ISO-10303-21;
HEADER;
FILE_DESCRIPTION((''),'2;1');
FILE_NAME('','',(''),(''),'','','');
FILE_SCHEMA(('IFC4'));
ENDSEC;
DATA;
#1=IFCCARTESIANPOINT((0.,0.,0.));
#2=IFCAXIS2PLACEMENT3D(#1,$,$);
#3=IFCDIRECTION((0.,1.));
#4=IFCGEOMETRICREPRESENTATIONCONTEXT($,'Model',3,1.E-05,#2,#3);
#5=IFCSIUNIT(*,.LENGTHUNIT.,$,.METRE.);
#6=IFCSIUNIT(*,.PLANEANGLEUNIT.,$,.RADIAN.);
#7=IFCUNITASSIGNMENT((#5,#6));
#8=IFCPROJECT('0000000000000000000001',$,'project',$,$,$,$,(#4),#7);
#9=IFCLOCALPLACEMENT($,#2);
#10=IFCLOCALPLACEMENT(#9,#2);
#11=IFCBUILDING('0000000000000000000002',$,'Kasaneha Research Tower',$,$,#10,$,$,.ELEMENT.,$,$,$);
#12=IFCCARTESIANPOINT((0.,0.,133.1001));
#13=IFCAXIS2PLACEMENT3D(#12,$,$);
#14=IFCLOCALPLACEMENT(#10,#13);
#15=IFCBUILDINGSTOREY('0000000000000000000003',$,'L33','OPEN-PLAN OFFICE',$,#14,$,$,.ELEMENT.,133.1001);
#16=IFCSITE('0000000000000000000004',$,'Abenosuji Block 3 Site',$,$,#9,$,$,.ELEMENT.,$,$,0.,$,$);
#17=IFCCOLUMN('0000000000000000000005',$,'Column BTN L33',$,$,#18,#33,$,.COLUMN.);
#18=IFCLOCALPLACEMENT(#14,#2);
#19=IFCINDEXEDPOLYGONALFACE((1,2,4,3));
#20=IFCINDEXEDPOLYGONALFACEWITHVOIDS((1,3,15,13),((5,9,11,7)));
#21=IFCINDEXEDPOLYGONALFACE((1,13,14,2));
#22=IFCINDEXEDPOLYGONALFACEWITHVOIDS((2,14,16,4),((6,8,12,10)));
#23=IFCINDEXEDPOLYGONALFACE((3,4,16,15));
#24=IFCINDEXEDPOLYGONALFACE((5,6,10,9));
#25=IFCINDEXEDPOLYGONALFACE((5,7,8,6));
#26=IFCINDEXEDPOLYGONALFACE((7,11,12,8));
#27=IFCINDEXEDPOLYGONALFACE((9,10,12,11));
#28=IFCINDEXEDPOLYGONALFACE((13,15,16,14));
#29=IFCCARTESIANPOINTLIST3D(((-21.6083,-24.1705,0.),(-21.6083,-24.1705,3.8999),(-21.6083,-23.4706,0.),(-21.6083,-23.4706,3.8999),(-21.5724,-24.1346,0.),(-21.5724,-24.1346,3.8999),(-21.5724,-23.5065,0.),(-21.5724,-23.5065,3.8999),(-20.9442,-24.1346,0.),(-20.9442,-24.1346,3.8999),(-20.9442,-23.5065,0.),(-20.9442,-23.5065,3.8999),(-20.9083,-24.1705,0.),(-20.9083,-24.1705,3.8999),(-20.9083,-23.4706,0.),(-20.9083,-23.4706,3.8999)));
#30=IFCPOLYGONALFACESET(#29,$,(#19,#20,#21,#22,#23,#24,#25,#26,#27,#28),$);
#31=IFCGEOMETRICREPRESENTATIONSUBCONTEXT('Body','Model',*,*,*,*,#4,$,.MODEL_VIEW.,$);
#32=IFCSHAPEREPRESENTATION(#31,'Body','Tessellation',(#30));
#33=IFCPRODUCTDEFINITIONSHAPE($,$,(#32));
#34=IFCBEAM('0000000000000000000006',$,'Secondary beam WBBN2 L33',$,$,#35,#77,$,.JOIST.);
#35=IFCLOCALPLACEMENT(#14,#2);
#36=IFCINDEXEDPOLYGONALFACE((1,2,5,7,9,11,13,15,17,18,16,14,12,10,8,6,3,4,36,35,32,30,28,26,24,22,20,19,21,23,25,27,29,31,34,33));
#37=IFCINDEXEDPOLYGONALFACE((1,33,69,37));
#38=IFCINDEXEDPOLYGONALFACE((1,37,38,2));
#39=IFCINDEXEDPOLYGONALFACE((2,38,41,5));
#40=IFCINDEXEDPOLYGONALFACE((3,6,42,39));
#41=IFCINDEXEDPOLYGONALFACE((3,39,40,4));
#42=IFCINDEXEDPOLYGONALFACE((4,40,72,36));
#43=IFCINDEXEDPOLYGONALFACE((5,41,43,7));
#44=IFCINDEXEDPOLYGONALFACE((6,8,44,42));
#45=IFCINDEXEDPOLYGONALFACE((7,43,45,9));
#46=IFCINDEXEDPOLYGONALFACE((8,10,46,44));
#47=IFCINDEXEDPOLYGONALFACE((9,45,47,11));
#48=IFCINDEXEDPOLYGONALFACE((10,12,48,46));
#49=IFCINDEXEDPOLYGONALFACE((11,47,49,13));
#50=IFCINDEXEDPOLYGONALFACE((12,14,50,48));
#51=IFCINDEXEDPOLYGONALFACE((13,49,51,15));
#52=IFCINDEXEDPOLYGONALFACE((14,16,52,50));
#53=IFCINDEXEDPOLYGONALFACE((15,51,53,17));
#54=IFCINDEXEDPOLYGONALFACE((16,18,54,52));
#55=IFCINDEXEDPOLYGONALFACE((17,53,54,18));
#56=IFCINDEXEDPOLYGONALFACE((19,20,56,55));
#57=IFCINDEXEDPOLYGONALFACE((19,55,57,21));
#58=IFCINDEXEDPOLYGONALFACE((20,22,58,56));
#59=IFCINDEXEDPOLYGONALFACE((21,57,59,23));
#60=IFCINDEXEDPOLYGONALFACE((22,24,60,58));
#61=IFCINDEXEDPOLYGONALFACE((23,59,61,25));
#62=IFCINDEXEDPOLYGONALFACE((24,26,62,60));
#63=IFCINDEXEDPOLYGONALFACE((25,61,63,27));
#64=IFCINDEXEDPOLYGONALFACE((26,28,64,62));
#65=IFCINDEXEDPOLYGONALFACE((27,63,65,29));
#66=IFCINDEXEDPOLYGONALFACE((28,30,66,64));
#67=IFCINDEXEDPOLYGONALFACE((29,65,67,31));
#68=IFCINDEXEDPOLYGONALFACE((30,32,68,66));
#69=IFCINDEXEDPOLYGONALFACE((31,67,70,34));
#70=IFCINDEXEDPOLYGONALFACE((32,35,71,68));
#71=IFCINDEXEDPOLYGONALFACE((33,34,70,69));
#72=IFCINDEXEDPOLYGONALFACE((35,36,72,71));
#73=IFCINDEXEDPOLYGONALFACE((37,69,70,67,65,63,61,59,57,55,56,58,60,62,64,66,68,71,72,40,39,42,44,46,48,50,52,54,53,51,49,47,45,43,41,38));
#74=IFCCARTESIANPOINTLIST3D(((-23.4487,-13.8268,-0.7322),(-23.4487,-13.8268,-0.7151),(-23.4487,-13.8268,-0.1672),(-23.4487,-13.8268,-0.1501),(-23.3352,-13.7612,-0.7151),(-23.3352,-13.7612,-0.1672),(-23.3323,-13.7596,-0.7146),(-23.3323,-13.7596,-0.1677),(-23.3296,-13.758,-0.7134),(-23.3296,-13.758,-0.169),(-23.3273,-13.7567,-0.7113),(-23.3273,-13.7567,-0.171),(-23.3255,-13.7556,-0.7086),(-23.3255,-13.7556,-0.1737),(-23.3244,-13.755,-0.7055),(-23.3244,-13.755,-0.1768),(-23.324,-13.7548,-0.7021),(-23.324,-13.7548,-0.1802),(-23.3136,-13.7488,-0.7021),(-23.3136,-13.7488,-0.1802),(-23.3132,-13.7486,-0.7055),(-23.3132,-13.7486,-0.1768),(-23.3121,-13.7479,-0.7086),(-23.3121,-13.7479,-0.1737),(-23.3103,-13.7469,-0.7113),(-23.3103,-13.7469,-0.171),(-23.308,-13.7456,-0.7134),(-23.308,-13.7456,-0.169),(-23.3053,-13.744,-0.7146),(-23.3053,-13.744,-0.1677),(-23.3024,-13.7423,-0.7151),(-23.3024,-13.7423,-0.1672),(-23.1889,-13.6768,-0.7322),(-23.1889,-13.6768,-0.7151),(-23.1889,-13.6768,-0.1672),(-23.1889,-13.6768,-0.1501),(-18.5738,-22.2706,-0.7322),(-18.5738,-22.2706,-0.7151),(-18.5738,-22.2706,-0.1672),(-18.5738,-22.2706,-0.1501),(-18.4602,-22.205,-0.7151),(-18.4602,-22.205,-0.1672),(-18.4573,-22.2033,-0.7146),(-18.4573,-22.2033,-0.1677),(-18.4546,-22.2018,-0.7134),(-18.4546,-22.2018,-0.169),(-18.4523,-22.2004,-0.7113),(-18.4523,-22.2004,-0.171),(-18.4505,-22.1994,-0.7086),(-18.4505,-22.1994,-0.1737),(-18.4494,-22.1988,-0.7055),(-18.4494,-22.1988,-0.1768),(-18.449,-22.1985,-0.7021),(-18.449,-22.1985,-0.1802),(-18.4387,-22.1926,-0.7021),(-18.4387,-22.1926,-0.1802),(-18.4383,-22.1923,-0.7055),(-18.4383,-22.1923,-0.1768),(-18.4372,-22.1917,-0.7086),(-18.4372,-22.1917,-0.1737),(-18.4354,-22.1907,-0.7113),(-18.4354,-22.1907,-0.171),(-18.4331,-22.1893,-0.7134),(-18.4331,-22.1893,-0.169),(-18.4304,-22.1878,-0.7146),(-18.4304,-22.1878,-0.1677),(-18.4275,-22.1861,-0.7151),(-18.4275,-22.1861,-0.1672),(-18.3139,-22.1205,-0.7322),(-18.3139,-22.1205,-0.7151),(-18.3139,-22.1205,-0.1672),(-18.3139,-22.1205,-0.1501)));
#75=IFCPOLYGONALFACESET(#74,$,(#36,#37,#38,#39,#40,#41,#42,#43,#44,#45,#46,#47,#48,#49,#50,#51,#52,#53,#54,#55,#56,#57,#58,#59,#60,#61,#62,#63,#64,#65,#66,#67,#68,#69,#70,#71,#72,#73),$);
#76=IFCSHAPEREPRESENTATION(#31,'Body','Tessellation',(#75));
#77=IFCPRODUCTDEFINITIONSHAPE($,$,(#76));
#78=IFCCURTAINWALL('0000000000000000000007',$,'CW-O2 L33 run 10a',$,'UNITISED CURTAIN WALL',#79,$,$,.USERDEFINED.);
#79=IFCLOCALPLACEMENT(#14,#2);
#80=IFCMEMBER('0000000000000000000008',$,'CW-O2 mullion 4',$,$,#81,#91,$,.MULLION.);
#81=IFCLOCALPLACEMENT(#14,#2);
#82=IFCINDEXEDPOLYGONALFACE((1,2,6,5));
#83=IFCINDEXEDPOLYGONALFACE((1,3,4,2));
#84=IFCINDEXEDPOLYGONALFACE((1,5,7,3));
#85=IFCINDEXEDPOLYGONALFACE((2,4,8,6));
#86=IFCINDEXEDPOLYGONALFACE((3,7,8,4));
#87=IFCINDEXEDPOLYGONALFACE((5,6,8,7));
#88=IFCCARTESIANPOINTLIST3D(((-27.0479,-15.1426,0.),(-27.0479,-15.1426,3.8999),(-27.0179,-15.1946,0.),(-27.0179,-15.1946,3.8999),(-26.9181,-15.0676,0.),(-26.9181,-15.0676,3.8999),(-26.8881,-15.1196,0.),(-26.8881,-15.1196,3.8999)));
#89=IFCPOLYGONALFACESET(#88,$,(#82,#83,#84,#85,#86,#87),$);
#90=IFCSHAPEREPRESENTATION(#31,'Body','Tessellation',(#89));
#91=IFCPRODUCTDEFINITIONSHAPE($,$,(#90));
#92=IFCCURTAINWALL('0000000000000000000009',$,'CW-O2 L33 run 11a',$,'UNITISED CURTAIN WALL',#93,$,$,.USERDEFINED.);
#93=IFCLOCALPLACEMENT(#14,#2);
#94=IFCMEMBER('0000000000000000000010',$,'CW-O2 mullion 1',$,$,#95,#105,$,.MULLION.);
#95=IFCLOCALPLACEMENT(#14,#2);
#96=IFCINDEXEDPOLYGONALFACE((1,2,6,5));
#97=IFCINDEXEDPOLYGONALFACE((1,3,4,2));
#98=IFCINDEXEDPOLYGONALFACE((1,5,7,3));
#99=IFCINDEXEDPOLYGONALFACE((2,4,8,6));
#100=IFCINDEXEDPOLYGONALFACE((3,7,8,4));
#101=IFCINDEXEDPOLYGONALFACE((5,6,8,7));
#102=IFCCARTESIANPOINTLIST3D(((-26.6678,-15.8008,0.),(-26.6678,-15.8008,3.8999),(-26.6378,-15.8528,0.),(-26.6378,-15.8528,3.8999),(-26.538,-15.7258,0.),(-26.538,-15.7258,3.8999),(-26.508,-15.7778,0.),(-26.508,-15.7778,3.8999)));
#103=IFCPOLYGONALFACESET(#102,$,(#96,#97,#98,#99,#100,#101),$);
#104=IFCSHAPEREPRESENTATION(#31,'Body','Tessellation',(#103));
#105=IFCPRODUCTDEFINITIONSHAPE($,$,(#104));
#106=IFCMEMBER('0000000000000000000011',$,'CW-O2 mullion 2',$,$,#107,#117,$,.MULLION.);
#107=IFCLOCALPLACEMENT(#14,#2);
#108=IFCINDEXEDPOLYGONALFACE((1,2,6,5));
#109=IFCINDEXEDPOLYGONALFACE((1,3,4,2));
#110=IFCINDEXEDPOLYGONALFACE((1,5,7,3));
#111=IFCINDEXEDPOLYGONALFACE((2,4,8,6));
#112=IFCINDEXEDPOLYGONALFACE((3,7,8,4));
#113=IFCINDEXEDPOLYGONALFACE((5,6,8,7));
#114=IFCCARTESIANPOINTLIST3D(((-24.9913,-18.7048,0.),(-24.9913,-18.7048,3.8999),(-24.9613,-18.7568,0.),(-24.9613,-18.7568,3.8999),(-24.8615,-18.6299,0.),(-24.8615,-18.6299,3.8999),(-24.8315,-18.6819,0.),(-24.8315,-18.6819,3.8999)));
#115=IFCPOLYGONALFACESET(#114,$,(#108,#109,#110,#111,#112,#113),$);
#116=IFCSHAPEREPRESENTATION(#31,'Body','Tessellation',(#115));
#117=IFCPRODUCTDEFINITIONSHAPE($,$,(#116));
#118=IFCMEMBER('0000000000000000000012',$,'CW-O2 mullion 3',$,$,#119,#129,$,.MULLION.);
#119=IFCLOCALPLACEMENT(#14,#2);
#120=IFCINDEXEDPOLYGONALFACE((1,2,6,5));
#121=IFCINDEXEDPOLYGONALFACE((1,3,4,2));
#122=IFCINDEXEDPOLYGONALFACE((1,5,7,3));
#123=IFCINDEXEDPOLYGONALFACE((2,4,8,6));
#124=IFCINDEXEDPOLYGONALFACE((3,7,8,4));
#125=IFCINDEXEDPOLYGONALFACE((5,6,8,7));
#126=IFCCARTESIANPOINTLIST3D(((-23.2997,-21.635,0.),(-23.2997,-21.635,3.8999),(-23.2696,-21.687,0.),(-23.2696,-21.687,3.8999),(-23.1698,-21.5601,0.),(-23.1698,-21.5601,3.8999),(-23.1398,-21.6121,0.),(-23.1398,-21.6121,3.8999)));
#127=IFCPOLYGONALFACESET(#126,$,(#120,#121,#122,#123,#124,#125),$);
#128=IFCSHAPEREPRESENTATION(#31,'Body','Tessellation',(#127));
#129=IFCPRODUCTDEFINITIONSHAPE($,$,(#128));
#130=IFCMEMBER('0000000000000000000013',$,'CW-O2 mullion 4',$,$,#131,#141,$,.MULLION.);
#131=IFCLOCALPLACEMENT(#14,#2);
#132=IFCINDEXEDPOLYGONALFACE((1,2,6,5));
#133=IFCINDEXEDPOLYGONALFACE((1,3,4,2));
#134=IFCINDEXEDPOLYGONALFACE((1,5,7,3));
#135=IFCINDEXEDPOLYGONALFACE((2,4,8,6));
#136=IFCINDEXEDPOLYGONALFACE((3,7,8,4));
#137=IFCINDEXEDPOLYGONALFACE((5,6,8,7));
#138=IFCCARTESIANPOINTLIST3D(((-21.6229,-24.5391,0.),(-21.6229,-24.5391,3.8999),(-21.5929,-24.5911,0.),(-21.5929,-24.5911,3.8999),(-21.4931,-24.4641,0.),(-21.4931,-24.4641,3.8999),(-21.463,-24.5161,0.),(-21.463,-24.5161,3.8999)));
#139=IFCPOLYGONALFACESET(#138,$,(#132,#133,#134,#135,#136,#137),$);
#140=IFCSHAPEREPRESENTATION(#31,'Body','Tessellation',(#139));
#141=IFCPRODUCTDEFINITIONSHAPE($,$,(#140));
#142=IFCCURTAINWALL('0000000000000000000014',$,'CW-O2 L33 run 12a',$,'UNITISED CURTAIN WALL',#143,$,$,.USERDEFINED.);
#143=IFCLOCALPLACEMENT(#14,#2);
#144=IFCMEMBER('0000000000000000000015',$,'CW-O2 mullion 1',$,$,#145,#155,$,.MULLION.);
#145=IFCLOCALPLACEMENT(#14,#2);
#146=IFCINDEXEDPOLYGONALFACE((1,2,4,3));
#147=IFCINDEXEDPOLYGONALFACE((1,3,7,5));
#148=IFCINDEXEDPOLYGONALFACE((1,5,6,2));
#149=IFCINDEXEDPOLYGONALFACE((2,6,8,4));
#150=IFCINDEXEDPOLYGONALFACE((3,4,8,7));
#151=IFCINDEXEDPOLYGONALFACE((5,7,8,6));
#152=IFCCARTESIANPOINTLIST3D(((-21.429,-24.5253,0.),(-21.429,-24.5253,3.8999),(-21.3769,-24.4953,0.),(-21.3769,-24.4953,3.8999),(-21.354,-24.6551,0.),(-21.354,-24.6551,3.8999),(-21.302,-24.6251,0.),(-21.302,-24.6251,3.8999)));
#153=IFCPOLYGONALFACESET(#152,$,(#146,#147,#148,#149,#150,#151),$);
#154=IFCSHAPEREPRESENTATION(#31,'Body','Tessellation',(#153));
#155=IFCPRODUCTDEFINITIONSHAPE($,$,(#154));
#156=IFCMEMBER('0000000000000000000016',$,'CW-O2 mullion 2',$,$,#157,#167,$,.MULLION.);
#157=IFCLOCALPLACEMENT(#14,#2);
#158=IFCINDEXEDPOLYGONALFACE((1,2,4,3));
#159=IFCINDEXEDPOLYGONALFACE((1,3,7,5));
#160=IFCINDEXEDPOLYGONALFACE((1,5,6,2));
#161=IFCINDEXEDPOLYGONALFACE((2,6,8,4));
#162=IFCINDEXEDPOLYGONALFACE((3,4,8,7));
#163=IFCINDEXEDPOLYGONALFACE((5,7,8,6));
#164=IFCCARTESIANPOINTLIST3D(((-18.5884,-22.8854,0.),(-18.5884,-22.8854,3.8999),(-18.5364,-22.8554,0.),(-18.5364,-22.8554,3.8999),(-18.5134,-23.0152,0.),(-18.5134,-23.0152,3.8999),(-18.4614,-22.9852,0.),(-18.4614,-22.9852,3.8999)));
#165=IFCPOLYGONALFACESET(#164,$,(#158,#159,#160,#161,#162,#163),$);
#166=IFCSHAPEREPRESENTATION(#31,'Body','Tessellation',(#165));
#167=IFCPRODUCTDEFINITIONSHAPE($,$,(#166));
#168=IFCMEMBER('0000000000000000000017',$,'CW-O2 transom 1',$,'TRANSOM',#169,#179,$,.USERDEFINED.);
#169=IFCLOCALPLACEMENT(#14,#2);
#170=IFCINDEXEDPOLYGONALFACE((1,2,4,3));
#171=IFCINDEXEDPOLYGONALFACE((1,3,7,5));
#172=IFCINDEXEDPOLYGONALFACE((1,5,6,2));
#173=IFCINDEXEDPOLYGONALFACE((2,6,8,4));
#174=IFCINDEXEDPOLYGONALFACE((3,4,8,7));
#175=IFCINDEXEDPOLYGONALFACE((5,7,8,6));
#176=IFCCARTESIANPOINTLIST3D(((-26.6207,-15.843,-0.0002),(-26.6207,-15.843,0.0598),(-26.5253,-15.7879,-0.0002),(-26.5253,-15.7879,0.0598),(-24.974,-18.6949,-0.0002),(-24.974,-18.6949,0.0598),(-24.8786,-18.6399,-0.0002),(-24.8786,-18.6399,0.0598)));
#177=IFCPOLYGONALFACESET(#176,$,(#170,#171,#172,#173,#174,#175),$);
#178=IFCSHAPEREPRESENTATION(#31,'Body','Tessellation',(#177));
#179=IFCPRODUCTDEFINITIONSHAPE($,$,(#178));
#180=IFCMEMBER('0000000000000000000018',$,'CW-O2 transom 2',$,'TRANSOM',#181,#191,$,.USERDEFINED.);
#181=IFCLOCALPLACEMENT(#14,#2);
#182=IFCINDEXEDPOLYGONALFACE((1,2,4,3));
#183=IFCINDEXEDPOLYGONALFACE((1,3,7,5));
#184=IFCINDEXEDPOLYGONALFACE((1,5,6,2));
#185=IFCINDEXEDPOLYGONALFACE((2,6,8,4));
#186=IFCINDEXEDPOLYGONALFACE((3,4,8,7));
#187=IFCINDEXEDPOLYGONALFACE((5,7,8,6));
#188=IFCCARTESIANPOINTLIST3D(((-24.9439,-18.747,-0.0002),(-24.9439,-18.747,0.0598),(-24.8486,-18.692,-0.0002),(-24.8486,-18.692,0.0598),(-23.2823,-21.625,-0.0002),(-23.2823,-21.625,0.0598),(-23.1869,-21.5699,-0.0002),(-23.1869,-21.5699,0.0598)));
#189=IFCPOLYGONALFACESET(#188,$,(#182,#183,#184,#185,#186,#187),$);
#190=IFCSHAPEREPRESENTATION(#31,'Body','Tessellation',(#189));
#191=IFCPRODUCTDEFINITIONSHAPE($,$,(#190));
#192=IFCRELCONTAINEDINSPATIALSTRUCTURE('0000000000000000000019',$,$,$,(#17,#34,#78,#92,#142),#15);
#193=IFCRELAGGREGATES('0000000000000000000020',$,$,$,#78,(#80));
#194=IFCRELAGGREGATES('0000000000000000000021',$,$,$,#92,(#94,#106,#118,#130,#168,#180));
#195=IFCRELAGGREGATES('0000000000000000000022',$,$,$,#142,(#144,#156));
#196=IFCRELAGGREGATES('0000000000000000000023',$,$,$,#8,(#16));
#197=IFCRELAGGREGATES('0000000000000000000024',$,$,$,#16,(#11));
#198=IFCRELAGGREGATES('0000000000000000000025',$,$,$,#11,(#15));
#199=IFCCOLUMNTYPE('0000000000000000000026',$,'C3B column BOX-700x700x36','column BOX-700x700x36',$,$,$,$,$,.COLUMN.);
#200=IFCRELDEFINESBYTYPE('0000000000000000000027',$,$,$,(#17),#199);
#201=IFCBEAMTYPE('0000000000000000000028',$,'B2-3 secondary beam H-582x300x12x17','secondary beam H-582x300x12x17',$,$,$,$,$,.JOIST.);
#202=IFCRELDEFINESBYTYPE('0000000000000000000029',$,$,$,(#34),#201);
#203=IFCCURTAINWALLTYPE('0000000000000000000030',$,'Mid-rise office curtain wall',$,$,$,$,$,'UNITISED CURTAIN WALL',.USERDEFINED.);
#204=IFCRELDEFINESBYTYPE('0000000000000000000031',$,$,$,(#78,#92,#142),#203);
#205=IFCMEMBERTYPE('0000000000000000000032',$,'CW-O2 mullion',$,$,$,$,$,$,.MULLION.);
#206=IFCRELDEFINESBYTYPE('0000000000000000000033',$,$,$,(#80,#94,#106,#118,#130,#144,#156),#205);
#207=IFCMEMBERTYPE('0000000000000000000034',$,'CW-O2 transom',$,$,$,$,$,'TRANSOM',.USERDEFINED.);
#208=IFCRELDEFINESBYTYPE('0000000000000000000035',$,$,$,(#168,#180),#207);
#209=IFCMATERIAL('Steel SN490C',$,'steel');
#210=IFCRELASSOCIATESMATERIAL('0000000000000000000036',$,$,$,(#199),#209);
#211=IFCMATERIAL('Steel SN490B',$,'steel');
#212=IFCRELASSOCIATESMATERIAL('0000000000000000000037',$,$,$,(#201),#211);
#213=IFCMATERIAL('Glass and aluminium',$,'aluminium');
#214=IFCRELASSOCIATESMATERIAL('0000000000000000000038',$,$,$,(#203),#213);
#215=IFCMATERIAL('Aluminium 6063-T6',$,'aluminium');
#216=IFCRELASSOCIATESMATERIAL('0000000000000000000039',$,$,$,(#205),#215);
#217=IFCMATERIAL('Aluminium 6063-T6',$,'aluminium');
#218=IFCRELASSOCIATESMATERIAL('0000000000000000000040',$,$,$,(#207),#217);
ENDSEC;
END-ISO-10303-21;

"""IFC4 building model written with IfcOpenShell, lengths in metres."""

from ifc_helpers import new_model, si_unit, direction, frame, origin, origin_2d, place, context, subcontext, project, spatial, rectangle, hollow_rectangle, i_section, extrude, material, material_profile, profile_set, type_object, element, aggregate, save


model = new_model("IFC4")

# Units and contexts
model_context = context("Model", 3, precision=1e-05, world=origin(), true_north=direction((0.0, 1.0)))
body_context = subcontext(model_context, "Body", "Model", "MODEL_VIEW")
ifc_project = project(units=[si_unit("LENGTHUNIT", "METRE"), si_unit("PLANEANGLEUNIT", "RADIAN")], contexts=[model_context])

# Site, building, storey
site_placement = place(None, origin())
site = spatial("IfcSite", under=ifc_project, at=site_placement, Name="Abenosuji Block 3 Site", CompositionType="ELEMENT", RefElevation=0.0)
building_placement = place(site_placement, origin())
building = spatial("IfcBuilding", under=site, at=building_placement, Name="Kasaneha Research Tower", CompositionType="ELEMENT")
storey_placement = place(building_placement, frame((0.0, 0.0, 133.1001)))
storey = spatial("IfcBuildingStorey", under=building, at=storey_placement, Name="L33", Description="OPEN-PLAN OFFICE", CompositionType="ELEMENT", Elevation=133.1001)

# Column
ifc_material_1 = material(Name="Steel SN490C", Category="steel")
ifc_material_profile_1 = material_profile(ifc_material_1, hollow_rectangle(XDim=0.7, YDim=0.7, WallThickness=0.0359, at=origin_2d()), Name="BOX-700x700x36")
ifc_profile_set_1 = profile_set([ifc_material_profile_1], Name="Steel SN490C")
column_type = type_object("IfcColumnType", Name="C3B column BOX-700x700x36", Description="column BOX-700x700x36", PredefinedType="COLUMN", material=ifc_profile_set_1)
column_placement = place(storey_placement, frame((-21.2583, -23.8206, 0.0), z_axis=(0.0, 0.0, 1.0), x_axis=(1.0, 0.0, 0.0)))
element("IfcColumn", 1, at=column_placement, inside=storey, type_object=column_type, Name="Column BTN L33", PredefinedType="COLUMN", context=body_context, shape_type="SweptSolid", body=[
    extrude(hollow_rectangle(XDim=0.7, YDim=0.7, WallThickness=0.0359, at=origin_2d()), origin(), (0.0, 0.0, 1.0), 3.8999),
])

# Beam
ifc_material_2 = material(Name="Steel SN490B", Category="steel")
ifc_material_profile_2 = material_profile(ifc_material_2, i_section(OverallWidth=0.3, OverallDepth=0.582, WebThickness=0.012, FlangeThickness=0.0171, FilletRadius=0.0129, at=origin_2d()), Name="H-582x300x12x17")
ifc_profile_set_2 = profile_set([ifc_material_profile_2], Name="Steel SN490B")
beam_type_1 = type_object("IfcBeamType", Name="B2-3 secondary beam H-582x300x12x17", Description="secondary beam H-582x300x12x17", PredefinedType="JOIST", material=ifc_profile_set_2)
beam_1_placement = place(storey_placement, frame((-18.4438, -22.1956, -0.4412), z_axis=(-0.499996, 0.866028, 0.0), x_axis=(-0.866028, -0.499996, 0.0)))
element("IfcBeam", 2, at=beam_1_placement, inside=storey, type_object=beam_type_1, Name="Secondary beam WBBN2 L33", PredefinedType="JOIST", context=body_context, shape_type="SweptSolid", body=[
    extrude(i_section(OverallWidth=0.3, OverallDepth=0.582, WebThickness=0.012, FlangeThickness=0.0171, FilletRadius=0.0129, at=origin_2d()), origin(), (0.0, 0.0, 1.0), 9.75),
])

# Curtain wall, member
ifc_material_3 = material(Name="Glass and aluminium", Category="aluminium")
curtain_wall_type = type_object("IfcCurtainWallType", Name="Mid-rise office curtain wall", ElementType="UNITISED CURTAIN WALL", PredefinedType="USERDEFINED", material=ifc_material_3)
curtain_wall_1_placement = place(storey_placement, origin())
curtain_wall_1 = element("IfcCurtainWall", 3, at=curtain_wall_1_placement, inside=storey, type_object=curtain_wall_type, Name="CW-O2 L33 run 10a", ObjectType="UNITISED CURTAIN WALL", PredefinedType="USERDEFINED")
ifc_material_4 = material(Name="Aluminium 6063-T6", Category="aluminium")
ifc_material_profile_3 = material_profile(ifc_material_4, rectangle(XDim=0.0601, YDim=0.1499, at=origin_2d()), Name="CW-O2 mullion 60x150")
ifc_profile_set_3 = profile_set([ifc_material_profile_3], Name="Aluminium 6063-T6")
member_type_1 = type_object("IfcMemberType", Name="CW-O2 mullion", PredefinedType="MULLION", material=ifc_profile_set_3)
member_1_placement = place(storey_placement, frame((-26.968, -15.1311, 0.0), z_axis=(0.0, 0.0, 1.0), x_axis=(0.5, -0.866025, 0.0)))
member_1 = element("IfcMember", 4, at=member_1_placement, type_object=member_type_1, Name="CW-O2 mullion 4", PredefinedType="MULLION", context=body_context, shape_type="SweptSolid", body=[
    extrude(rectangle(XDim=0.0601, YDim=0.1499, at=origin_2d()), origin(), (0.0, 0.0, 1.0), 3.8999),
])

# Curtain walls, members
curtain_wall_2_placement = place(storey_placement, origin())
curtain_wall_2 = element("IfcCurtainWall", 5, at=curtain_wall_2_placement, inside=storey, type_object=curtain_wall_type, Name="CW-O2 L33 run 11a", ObjectType="UNITISED CURTAIN WALL", PredefinedType="USERDEFINED")
member_2_placement = place(storey_placement, frame((-26.5879, -15.7893, 0.0), z_axis=(0.0, 0.0, 1.0), x_axis=(0.5, -0.866025, 0.0)))
member_2 = element("IfcMember", 6, at=member_2_placement, type_object=member_type_1, Name="CW-O2 mullion 1", PredefinedType="MULLION", context=body_context, shape_type="SweptSolid", body=[
    extrude(rectangle(XDim=0.0601, YDim=0.1499, at=origin_2d()), origin(), (0.0, 0.0, 1.0), 3.8999),
])
member_3_placement = place(storey_placement, frame((-24.9114, -18.6934, 0.0), z_axis=(0.0, 0.0, 1.0), x_axis=(0.5, -0.866025, 0.0)))
member_3 = element("IfcMember", 7, at=member_3_placement, type_object=member_type_1, Name="CW-O2 mullion 2", PredefinedType="MULLION", context=body_context, shape_type="SweptSolid", body=[
    extrude(rectangle(XDim=0.0601, YDim=0.1499, at=origin_2d()), origin(), (0.0, 0.0, 1.0), 3.8999),
])
member_4_placement = place(storey_placement, frame((-23.2197, -21.6235, 0.0), z_axis=(0.0, 0.0, 1.0), x_axis=(0.5, -0.866025, 0.0)))
member_4 = element("IfcMember", 8, at=member_4_placement, type_object=member_type_1, Name="CW-O2 mullion 3", PredefinedType="MULLION", context=body_context, shape_type="SweptSolid", body=[
    extrude(rectangle(XDim=0.0601, YDim=0.1499, at=origin_2d()), origin(), (0.0, 0.0, 1.0), 3.8999),
])
member_5_placement = place(storey_placement, frame((-21.543, -24.5276, 0.0), z_axis=(0.0, 0.0, 1.0), x_axis=(0.5, -0.866025, 0.0)))
member_5 = element("IfcMember", 9, at=member_5_placement, type_object=member_type_1, Name="CW-O2 mullion 4", PredefinedType="MULLION", context=body_context, shape_type="SweptSolid", body=[
    extrude(rectangle(XDim=0.0601, YDim=0.1499, at=origin_2d()), origin(), (0.0, 0.0, 1.0), 3.8999),
])
curtain_wall_3_placement = place(storey_placement, origin())
curtain_wall_3 = element("IfcCurtainWall", 10, at=curtain_wall_3_placement, inside=storey, type_object=curtain_wall_type, Name="CW-O2 L33 run 12a", ObjectType="UNITISED CURTAIN WALL", PredefinedType="USERDEFINED")
member_6_placement = place(storey_placement, frame((-21.3655, -24.5752, 0.0), z_axis=(0.0, 0.0, 1.0), x_axis=(0.866025, 0.5, 0.0)))
member_6 = element("IfcMember", 11, at=member_6_placement, type_object=member_type_1, Name="CW-O2 mullion 1", PredefinedType="MULLION", context=body_context, shape_type="SweptSolid", body=[
    extrude(rectangle(XDim=0.0601, YDim=0.1499, at=origin_2d()), origin(), (0.0, 0.0, 1.0), 3.8999),
])
member_7_placement = place(storey_placement, frame((-18.5249, -22.9353, 0.0), z_axis=(0.0, 0.0, 1.0), x_axis=(0.866025, 0.5, 0.0)))
member_7 = element("IfcMember", 12, at=member_7_placement, type_object=member_type_1, Name="CW-O2 mullion 2", PredefinedType="MULLION", context=body_context, shape_type="SweptSolid", body=[
    extrude(rectangle(XDim=0.0601, YDim=0.1499, at=origin_2d()), origin(), (0.0, 0.0, 1.0), 3.8999),
])

# Members
ifc_material_5 = material(Name="Aluminium 6063-T6", Category="aluminium")
ifc_material_profile_4 = material_profile(ifc_material_5, rectangle(XDim=0.1101, YDim=0.0601, at=origin_2d()), Name="CW-O2 transom 110x60")
ifc_profile_set_4 = profile_set([ifc_material_profile_4], Name="Aluminium 6063-T6")
member_type_2 = type_object("IfcMemberType", Name="CW-O2 transom", ElementType="TRANSOM", PredefinedType="USERDEFINED", material=ifc_profile_set_4)
member_8_placement = place(storey_placement, frame((-26.573, -15.8154, 0.0298), z_axis=(0.500022, -0.866013, 0.0), x_axis=(0.866013, 0.500022, 0.0)))
member_8 = element("IfcMember", 13, at=member_8_placement, type_object=member_type_2, Name="CW-O2 transom 1", ObjectType="TRANSOM", PredefinedType="USERDEFINED", context=body_context, shape_type="SweptSolid", body=[
    extrude(rectangle(XDim=0.1101, YDim=0.0601, at=origin_2d()), origin(), (0.0, 0.0, 1.0), 3.2932),
])
member_9_placement = place(storey_placement, frame((-24.8962, -18.7195, 0.0298), z_axis=(0.500011, -0.866019, 0.0), x_axis=(0.866019, 0.500011, 0.0)))
member_9 = element("IfcMember", 14, at=member_9_placement, type_object=member_type_2, Name="CW-O2 transom 2", ObjectType="TRANSOM", PredefinedType="USERDEFINED", context=body_context, shape_type="SweptSolid", body=[
    extrude(rectangle(XDim=0.1101, YDim=0.0601, at=origin_2d()), origin(), (0.0, 0.0, 1.0), 3.3232),
])

aggregate(curtain_wall_1, [member_1])
aggregate(curtain_wall_2, [member_2, member_3, member_4, member_5, member_8, member_9])
aggregate(curtain_wall_3, [member_6, member_7])

save(model, "model.ifc")
